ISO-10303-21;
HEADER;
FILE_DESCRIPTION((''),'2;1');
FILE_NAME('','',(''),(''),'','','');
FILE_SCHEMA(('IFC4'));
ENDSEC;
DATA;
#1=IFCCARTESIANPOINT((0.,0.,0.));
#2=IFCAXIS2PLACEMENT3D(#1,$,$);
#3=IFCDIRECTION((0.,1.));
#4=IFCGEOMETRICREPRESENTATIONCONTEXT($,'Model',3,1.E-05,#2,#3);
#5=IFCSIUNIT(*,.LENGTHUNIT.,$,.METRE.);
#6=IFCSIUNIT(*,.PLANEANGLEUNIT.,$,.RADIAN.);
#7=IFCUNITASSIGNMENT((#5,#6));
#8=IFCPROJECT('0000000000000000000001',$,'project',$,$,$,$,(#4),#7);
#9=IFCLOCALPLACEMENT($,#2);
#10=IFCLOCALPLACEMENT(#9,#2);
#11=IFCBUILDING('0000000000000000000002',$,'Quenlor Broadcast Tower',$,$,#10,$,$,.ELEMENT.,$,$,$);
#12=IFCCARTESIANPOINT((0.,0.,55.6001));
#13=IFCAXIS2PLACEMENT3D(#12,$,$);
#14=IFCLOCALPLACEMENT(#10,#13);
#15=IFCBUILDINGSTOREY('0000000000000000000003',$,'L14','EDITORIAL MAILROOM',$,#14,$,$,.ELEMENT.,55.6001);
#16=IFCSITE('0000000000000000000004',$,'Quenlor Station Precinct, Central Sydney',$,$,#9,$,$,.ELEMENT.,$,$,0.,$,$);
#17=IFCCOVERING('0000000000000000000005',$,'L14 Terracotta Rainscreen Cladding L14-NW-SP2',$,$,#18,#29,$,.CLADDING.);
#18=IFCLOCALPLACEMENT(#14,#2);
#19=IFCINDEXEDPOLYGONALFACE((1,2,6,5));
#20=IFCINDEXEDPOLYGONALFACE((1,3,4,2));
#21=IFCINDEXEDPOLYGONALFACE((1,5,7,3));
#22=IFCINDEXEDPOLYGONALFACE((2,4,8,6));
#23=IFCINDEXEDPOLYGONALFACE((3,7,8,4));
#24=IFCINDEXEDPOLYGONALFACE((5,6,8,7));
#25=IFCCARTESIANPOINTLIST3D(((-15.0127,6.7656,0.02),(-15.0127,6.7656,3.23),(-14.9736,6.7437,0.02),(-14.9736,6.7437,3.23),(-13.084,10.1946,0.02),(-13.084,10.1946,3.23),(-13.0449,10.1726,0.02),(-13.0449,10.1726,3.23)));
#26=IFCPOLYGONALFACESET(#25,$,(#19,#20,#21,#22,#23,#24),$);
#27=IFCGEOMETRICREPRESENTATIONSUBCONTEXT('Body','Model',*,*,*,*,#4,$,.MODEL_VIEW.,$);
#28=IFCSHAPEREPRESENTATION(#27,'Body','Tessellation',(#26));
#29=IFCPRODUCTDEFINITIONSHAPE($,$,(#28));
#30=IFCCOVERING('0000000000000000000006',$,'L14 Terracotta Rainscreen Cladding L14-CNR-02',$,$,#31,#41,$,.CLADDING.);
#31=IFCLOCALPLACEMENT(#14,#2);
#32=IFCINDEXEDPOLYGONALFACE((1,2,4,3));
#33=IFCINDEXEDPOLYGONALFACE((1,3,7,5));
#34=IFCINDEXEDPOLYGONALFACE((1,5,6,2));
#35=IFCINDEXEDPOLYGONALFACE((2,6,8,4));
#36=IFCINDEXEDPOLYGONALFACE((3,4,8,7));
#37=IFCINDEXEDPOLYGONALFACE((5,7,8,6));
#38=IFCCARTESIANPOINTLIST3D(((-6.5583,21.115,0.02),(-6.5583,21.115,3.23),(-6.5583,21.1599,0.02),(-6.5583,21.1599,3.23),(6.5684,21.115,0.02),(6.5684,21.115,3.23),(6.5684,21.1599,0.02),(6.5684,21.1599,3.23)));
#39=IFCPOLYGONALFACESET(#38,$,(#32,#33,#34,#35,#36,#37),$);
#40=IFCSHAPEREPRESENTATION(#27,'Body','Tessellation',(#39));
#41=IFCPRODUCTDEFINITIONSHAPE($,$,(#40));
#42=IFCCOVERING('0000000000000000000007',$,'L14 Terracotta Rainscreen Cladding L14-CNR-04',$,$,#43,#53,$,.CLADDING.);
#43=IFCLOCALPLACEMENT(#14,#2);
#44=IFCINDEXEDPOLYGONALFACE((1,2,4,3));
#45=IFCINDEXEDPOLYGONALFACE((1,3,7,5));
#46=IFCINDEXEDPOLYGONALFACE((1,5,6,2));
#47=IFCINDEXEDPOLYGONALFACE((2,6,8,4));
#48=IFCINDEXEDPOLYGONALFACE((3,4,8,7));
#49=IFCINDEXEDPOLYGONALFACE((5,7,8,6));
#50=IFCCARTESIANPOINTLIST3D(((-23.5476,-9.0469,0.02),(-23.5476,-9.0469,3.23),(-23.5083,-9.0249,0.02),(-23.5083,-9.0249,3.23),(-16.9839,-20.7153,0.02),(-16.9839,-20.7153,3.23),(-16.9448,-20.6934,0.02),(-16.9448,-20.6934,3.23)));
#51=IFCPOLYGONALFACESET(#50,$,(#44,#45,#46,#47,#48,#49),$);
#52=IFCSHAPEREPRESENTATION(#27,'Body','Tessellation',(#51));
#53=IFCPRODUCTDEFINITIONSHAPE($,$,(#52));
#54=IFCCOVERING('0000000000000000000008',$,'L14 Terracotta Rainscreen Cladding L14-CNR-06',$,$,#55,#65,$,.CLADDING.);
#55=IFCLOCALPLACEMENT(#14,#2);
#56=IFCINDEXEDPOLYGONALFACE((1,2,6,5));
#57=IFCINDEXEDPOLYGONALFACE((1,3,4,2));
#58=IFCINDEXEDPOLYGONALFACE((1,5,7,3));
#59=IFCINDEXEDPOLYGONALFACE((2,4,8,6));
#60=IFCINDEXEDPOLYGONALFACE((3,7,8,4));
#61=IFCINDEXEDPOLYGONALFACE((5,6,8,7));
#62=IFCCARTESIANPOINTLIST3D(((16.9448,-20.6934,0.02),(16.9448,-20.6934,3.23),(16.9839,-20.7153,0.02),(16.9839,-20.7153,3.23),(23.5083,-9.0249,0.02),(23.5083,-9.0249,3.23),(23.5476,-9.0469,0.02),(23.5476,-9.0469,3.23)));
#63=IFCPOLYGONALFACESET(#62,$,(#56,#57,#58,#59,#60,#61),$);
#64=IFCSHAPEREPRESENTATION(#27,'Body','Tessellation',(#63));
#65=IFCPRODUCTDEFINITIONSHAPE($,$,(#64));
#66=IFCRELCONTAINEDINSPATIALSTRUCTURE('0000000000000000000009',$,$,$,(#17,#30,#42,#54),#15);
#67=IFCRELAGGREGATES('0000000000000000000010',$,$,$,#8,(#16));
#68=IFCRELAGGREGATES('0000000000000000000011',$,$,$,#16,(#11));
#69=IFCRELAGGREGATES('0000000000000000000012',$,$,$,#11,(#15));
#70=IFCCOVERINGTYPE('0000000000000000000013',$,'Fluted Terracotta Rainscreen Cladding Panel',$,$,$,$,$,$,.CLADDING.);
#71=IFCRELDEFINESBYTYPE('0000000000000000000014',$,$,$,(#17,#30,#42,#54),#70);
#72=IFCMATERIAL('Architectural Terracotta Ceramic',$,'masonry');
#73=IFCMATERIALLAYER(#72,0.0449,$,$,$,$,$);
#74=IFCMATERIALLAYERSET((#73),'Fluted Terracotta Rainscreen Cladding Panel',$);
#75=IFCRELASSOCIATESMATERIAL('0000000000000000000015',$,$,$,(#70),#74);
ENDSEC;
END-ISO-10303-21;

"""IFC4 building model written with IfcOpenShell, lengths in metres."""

from ifc_helpers import new_model, si_unit, direction, frame, origin, place, context, subcontext, project, spatial, polyline, outline, extrude, material, layer, layer_set, type_object, element, save


model = new_model("IFC4")

# Units and contexts
model_context = context("Model", 3, precision=1e-05, world=origin(), true_north=direction((0.0, 1.0)))
body_context = subcontext(model_context, "Body", "Model", "MODEL_VIEW")
ifc_project = project(units=[si_unit("LENGTHUNIT", "METRE"), si_unit("PLANEANGLEUNIT", "RADIAN")], contexts=[model_context])

# Site, building, storey
site_placement = place(None, origin())
site = spatial("IfcSite", under=ifc_project, at=site_placement, Name="Quenlor Station Precinct, Central Sydney", CompositionType="ELEMENT", RefElevation=0.0)
building_placement = place(site_placement, origin())
building = spatial("IfcBuilding", under=site, at=building_placement, Name="Quenlor Broadcast Tower", CompositionType="ELEMENT")
storey_placement = place(building_placement, frame((0.0, 0.0, 55.6001)))
storey = spatial("IfcBuildingStorey", under=building, at=storey_placement, Name="L14", Description="EDITORIAL MAILROOM", CompositionType="ELEMENT", Elevation=55.6001)

# Coverings
ifc_material_1 = material(Name="Architectural Terracotta Ceramic", Category="masonry")
ifc_layer_1 = layer(ifc_material_1, 0.0449)
ifc_layer_set_1 = layer_set([ifc_layer_1], Name="Fluted Terracotta Rainscreen Cladding Panel")
covering_type_1 = type_object("IfcCoveringType", Name="Fluted Terracotta Rainscreen Cladding Panel", PredefinedType="CLADDING", material=ifc_layer_set_1)
covering_1_placement = place(storey_placement, frame((0.0, 0.0, 0.02)))
element("IfcCovering", 1, at=covering_1_placement, inside=storey, type_object=covering_type_1, Name="L14 Terracotta Rainscreen Cladding L14-NW-SP2", PredefinedType="CLADDING", context=body_context, shape_type="SweptSolid", body=[
    extrude(outline(polyline([(-14.9736, 6.7437), (-13.0449, 10.1726), (-13.084, 10.1946), (-15.0127, 6.7656), (-14.9736, 6.7437)])), origin(), (0.0, 0.0, 1.0), 3.21),
])
covering_2_placement = place(storey_placement, frame((0.0, 0.0, 0.02)))
element("IfcCovering", 2, at=covering_2_placement, inside=storey, type_object=covering_type_1, Name="L14 Terracotta Rainscreen Cladding L14-CNR-02", PredefinedType="CLADDING", context=body_context, shape_type="SweptSolid", body=[
    extrude(outline(polyline([(6.5684, 21.1599), (-6.5583, 21.1599), (-6.5583, 21.115), (6.5684, 21.115), (6.5684, 21.1599)])), origin(), (0.0, 0.0, 1.0), 3.21),
])
covering_3_placement = place(storey_placement, frame((0.0, 0.0, 0.02)))
element("IfcCovering", 3, at=covering_3_placement, inside=storey, type_object=covering_type_1, Name="L14 Terracotta Rainscreen Cladding L14-CNR-04", PredefinedType="CLADDING", context=body_context, shape_type="SweptSolid", body=[
    extrude(outline(polyline([(-23.5476, -9.0469), (-16.9839, -20.7153), (-16.9448, -20.6934), (-23.5083, -9.0249), (-23.5476, -9.0469)])), origin(), (0.0, 0.0, 1.0), 3.21),
])
covering_4_placement = place(storey_placement, frame((0.0, 0.0, 0.02)))
element("IfcCovering", 4, at=covering_4_placement, inside=storey, type_object=covering_type_1, Name="L14 Terracotta Rainscreen Cladding L14-CNR-06", PredefinedType="CLADDING", context=body_context, shape_type="SweptSolid", body=[
    extrude(outline(polyline([(16.9839, -20.7153), (23.5476, -9.0469), (23.5083, -9.0249), (16.9448, -20.6934), (16.9839, -20.7153)])), origin(), (0.0, 0.0, 1.0), 3.21),
])

save(model, "model.ifc")
